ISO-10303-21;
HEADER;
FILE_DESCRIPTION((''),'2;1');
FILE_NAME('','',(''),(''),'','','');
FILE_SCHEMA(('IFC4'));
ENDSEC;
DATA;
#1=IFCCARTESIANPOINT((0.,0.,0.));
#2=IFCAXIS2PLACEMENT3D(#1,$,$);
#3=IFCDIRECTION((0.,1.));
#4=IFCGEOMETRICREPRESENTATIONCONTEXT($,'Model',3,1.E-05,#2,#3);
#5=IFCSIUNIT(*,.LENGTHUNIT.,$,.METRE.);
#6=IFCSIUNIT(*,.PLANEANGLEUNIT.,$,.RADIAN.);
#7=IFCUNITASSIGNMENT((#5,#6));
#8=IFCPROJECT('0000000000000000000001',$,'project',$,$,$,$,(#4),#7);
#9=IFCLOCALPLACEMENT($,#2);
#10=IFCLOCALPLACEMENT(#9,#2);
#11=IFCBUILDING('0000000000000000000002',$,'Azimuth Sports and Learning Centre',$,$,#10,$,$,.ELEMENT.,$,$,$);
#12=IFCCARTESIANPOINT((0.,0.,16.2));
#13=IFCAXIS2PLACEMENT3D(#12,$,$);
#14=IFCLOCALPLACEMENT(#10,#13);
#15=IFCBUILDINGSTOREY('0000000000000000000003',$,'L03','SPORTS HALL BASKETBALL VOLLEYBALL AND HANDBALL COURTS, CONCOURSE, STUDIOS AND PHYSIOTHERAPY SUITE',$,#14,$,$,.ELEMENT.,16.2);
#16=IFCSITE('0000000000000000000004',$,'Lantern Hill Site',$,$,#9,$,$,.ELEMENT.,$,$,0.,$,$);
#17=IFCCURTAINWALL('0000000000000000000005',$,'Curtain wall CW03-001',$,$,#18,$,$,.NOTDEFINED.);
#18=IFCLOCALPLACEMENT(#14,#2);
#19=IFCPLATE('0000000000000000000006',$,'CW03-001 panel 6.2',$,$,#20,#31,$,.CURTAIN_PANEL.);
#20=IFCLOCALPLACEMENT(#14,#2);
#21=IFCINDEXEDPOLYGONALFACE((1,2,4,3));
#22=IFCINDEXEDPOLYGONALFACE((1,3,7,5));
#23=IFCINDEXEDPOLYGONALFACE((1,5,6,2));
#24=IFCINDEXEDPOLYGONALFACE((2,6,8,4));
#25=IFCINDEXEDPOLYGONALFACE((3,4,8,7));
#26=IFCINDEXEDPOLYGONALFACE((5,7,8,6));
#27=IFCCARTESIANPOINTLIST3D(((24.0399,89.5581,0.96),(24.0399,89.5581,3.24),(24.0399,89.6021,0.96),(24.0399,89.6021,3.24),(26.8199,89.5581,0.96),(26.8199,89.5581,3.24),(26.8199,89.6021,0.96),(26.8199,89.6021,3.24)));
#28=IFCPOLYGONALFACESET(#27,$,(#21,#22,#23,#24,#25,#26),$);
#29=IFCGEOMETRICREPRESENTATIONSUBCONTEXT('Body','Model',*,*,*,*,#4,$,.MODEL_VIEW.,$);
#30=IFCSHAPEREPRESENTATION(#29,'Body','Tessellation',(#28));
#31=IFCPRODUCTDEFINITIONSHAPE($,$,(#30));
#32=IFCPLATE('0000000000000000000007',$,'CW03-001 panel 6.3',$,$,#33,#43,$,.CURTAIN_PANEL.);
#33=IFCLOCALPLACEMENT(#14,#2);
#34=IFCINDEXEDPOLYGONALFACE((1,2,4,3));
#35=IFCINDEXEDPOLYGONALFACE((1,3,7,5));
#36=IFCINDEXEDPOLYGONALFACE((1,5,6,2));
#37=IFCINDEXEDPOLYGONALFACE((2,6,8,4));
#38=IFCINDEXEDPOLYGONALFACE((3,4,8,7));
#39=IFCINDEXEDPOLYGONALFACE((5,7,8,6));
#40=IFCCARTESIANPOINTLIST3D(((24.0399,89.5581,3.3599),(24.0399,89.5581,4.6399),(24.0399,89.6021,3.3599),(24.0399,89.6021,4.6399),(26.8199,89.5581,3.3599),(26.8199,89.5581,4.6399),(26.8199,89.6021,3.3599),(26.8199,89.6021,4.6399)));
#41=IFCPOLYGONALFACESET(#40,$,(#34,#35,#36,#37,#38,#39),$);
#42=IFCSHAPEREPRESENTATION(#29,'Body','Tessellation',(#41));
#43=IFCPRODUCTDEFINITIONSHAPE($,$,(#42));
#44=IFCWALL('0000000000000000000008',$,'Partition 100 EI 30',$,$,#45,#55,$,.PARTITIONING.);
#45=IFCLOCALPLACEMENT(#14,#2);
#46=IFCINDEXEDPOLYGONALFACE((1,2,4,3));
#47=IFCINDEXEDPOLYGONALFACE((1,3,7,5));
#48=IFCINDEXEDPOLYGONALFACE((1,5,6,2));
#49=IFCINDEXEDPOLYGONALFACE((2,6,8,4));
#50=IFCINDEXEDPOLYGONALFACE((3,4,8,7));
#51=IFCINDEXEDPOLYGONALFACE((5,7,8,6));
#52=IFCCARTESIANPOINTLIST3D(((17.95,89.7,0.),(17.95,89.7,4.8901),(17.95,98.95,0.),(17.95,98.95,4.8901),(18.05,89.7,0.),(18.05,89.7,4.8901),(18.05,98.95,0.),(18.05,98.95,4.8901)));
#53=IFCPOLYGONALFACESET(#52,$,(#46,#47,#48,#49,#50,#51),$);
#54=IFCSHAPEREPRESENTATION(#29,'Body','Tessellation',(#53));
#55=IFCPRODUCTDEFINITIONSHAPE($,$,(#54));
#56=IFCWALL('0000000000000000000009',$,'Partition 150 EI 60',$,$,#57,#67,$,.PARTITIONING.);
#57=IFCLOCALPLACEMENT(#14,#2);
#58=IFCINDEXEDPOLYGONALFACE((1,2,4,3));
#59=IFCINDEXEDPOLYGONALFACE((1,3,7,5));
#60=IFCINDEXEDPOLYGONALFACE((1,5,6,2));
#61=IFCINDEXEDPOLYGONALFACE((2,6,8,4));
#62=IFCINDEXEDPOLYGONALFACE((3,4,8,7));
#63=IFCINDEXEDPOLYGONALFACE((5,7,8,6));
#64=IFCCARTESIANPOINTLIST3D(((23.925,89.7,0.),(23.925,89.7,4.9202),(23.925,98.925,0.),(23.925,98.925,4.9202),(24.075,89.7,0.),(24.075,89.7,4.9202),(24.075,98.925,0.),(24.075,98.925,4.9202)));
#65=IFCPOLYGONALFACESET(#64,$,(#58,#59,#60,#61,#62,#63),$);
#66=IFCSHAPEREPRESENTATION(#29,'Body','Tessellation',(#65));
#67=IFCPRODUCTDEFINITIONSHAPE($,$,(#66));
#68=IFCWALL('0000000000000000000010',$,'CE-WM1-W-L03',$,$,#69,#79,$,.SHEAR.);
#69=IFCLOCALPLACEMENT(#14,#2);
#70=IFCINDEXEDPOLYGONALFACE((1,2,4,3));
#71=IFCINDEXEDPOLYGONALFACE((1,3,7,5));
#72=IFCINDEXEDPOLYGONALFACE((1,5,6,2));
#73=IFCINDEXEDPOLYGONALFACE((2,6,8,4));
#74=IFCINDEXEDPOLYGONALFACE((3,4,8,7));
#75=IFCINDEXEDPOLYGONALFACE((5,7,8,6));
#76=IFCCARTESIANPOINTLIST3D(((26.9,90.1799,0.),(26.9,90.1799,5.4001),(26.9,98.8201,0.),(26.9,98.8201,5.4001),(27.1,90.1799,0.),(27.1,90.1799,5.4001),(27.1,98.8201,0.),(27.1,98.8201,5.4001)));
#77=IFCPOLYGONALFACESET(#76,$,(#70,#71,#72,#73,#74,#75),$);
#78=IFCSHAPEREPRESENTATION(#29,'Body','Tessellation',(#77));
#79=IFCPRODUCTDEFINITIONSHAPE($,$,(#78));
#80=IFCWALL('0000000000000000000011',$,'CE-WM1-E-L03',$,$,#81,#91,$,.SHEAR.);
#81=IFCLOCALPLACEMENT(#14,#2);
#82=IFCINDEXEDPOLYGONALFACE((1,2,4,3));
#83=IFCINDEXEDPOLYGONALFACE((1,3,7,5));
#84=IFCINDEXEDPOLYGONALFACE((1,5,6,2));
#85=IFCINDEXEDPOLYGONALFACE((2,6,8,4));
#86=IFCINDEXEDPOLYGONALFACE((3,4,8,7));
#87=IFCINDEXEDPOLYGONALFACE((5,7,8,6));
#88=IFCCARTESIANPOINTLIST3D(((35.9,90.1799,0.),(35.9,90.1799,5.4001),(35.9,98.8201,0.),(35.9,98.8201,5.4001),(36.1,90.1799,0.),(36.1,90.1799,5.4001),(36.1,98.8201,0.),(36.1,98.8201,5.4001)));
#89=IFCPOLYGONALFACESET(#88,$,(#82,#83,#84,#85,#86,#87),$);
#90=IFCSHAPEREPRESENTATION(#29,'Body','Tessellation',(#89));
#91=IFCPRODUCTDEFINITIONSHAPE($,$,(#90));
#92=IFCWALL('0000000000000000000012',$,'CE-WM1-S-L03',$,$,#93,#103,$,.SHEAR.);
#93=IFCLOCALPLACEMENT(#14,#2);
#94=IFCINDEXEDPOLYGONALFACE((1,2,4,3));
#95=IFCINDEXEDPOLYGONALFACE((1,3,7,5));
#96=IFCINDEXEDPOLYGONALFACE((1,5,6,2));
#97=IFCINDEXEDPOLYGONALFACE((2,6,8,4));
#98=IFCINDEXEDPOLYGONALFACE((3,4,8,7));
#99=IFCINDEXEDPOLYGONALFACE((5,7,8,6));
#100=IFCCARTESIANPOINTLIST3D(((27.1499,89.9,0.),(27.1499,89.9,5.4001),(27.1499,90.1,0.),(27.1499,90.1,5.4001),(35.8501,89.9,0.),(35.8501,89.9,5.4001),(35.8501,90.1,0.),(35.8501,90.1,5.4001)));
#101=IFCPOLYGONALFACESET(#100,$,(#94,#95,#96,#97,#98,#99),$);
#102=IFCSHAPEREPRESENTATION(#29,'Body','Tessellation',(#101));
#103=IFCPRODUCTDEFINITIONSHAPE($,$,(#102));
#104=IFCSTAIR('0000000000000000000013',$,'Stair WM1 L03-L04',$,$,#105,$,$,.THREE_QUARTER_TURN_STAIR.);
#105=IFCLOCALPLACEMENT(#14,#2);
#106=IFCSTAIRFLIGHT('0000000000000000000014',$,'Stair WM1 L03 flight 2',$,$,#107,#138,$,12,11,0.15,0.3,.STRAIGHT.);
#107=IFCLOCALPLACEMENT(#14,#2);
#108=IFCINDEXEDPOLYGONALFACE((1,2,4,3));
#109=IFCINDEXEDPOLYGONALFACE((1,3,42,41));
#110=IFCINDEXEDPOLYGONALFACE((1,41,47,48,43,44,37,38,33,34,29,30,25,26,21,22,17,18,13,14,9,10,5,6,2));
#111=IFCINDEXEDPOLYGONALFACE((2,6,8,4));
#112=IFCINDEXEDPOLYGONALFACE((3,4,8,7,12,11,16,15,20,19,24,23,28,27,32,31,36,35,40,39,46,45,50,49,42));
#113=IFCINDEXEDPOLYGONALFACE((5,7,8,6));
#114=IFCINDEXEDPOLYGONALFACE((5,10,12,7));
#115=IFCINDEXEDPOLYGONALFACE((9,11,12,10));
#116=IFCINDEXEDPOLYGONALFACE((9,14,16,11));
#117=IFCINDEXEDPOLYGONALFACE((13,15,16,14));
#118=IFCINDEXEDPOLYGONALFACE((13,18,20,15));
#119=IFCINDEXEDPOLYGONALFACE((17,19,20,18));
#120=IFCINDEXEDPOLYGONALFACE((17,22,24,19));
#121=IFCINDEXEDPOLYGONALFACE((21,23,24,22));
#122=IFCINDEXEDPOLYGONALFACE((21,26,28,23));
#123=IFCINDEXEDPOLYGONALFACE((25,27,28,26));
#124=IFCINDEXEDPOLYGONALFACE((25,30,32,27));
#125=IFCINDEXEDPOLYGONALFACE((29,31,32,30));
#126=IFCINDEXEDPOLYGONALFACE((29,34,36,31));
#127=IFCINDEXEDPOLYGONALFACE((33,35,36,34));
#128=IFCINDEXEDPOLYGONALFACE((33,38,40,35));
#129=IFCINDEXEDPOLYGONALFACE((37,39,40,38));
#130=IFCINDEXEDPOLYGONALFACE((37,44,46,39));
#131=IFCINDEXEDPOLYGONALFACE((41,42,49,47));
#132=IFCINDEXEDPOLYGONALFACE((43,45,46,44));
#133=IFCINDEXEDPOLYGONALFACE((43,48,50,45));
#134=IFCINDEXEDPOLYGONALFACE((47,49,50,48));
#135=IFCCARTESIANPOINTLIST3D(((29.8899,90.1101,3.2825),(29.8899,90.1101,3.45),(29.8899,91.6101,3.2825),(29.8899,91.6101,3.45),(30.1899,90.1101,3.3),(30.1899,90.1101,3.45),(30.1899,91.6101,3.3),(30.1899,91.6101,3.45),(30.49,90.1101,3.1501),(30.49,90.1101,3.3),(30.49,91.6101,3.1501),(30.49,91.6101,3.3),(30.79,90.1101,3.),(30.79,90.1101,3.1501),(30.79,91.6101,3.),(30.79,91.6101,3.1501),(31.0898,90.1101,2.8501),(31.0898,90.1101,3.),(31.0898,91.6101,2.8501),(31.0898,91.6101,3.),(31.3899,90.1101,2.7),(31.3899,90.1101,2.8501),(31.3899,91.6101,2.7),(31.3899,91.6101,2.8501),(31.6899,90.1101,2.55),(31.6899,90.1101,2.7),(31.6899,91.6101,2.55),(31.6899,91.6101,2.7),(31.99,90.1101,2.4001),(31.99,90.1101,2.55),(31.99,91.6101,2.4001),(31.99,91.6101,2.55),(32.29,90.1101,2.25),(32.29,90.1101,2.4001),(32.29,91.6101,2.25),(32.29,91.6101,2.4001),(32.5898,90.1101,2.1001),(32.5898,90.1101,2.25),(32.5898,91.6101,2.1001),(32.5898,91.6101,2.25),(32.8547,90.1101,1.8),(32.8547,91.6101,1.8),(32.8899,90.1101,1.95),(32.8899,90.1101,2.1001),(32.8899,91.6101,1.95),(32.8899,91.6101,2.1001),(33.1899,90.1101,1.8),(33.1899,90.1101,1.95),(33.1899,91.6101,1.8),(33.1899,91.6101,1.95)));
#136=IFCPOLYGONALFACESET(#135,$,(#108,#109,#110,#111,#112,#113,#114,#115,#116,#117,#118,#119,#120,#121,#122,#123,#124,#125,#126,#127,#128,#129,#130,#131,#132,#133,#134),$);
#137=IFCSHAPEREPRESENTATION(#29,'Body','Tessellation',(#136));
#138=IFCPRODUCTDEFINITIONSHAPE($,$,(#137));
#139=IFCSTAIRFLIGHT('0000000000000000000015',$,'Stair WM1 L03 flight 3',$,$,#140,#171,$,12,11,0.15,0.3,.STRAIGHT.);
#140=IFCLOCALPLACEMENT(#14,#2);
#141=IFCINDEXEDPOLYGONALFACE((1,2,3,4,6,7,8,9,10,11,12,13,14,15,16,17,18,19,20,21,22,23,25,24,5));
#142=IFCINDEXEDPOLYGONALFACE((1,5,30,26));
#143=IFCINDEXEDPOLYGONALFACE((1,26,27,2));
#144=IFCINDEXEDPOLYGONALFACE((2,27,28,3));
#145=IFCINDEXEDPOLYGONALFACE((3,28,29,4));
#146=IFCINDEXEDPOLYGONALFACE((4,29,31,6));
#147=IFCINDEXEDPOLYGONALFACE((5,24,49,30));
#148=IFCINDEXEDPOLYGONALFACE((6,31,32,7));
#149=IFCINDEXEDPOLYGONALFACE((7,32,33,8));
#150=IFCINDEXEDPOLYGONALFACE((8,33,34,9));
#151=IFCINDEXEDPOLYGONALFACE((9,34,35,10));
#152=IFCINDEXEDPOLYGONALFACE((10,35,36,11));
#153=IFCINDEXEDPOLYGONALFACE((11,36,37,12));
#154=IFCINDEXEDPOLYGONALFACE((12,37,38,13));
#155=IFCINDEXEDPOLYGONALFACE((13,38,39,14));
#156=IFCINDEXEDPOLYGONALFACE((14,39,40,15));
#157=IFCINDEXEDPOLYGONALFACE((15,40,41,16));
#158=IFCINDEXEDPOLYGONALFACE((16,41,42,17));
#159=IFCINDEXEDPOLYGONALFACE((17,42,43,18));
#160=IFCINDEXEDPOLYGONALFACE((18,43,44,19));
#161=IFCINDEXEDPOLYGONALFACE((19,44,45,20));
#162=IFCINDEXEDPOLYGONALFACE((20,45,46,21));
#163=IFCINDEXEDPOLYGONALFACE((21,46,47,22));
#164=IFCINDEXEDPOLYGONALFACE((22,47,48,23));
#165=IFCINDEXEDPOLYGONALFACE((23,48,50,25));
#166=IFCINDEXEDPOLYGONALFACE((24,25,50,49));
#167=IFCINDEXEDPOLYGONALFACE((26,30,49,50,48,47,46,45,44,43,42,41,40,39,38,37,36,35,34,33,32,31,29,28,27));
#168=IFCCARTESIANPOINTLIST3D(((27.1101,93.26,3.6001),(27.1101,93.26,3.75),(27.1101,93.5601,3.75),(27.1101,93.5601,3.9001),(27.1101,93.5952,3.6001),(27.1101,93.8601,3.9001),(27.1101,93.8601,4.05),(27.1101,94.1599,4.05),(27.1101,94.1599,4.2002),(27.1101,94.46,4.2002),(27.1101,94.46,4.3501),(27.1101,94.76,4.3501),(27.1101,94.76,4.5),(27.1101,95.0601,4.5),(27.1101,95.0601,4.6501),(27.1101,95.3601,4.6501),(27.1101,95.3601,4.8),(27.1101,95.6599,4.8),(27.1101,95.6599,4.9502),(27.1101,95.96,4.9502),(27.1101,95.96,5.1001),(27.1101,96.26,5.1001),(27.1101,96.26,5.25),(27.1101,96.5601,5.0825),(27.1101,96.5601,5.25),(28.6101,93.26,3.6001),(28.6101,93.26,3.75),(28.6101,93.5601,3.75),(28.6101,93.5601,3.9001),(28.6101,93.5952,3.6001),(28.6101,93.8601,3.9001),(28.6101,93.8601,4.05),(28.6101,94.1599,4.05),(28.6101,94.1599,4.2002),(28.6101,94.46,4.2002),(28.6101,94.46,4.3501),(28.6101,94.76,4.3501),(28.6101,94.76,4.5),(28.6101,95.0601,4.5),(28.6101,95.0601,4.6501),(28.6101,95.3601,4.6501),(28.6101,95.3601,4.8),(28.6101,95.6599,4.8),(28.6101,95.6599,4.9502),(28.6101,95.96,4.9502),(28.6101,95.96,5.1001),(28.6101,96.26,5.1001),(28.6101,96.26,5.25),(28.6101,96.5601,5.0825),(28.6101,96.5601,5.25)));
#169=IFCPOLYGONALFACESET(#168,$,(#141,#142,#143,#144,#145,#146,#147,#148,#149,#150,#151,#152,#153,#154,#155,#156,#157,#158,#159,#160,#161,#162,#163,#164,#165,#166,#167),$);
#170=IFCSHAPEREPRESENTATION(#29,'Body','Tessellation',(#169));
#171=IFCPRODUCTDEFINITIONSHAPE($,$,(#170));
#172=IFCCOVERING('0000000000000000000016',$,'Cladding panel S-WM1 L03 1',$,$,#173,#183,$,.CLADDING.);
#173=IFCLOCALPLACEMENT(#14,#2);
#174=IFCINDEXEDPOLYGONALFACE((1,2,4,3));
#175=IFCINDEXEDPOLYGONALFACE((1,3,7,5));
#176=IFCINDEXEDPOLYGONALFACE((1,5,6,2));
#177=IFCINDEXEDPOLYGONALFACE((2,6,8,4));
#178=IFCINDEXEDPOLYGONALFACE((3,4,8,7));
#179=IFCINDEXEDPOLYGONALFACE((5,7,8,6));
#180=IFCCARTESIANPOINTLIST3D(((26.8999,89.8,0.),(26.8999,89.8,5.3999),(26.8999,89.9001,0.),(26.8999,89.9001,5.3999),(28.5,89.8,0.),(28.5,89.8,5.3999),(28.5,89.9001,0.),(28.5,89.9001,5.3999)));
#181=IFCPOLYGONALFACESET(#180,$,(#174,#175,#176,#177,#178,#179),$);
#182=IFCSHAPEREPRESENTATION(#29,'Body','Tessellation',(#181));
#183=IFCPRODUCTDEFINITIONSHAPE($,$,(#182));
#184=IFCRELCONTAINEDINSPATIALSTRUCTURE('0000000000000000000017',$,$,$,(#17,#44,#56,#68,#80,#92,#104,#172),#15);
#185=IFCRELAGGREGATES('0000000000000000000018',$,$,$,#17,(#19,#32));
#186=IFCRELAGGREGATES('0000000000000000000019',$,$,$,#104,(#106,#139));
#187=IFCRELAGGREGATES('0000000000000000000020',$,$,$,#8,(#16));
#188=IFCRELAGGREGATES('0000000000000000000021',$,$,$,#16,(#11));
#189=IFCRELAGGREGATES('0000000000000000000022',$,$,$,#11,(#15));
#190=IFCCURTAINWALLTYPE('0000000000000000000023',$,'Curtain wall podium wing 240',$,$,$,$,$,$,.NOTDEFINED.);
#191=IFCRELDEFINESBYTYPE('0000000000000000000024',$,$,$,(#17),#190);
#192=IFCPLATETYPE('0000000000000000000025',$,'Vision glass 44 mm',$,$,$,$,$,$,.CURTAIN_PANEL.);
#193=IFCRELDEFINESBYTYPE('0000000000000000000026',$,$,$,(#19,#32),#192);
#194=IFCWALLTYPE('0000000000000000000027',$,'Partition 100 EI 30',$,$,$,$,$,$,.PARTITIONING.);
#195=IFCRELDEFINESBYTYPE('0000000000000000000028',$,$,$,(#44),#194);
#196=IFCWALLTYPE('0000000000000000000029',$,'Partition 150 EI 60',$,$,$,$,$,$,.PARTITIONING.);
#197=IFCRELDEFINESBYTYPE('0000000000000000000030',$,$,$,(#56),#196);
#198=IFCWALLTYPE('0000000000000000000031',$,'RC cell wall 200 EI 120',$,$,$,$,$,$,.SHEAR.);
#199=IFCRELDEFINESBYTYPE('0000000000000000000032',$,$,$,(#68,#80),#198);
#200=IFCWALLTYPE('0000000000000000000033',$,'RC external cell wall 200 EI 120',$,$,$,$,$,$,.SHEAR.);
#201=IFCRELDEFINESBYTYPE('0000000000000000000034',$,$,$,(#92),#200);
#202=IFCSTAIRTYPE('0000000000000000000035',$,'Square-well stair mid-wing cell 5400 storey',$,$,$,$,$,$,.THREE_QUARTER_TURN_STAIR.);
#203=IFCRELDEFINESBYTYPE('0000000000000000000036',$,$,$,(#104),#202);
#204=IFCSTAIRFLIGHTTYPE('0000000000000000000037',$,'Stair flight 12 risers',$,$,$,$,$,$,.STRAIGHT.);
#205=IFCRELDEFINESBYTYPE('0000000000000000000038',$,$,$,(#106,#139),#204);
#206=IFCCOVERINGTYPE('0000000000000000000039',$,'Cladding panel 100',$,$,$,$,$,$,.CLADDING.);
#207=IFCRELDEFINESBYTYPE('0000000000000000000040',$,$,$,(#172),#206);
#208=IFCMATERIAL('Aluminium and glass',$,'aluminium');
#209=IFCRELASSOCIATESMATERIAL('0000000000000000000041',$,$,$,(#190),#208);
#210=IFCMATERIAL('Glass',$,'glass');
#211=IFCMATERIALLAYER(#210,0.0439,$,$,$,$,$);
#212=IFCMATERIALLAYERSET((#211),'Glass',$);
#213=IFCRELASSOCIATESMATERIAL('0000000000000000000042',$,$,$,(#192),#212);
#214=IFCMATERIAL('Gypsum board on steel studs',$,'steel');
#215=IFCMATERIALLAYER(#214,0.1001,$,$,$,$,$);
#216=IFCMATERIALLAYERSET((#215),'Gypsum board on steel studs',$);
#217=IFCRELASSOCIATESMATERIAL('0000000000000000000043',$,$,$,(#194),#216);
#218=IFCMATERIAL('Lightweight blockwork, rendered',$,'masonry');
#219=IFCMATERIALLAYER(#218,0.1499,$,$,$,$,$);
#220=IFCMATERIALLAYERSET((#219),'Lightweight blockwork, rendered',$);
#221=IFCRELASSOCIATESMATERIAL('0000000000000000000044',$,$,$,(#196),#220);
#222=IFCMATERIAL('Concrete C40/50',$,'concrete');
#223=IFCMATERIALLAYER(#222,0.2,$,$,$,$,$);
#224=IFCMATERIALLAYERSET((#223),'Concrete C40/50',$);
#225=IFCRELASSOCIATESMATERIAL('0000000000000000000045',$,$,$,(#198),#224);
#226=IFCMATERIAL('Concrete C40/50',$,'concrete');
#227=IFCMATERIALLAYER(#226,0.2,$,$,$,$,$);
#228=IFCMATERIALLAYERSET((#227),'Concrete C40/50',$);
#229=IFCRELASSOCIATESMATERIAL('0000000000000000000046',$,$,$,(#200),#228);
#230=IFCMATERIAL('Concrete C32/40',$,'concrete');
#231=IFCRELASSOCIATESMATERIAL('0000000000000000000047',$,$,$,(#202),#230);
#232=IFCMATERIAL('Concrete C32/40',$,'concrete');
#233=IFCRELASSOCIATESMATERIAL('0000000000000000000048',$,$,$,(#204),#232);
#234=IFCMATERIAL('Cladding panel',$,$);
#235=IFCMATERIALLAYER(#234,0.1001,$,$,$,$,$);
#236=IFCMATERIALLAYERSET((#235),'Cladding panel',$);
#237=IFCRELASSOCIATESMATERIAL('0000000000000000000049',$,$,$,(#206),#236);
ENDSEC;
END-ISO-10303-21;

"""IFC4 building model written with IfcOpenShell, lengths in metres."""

from ifc_helpers import new_model, si_unit, direction, frame, frame_2d, origin, origin_2d, place, context, subcontext, project, spatial, polyline, rectangle, outline, extrude, material, layer, layer_set, type_object, element, aggregate, save


model = new_model("IFC4")

# Units and contexts
model_context = context("Model", 3, precision=1e-05, world=origin(), true_north=direction((0.0, 1.0)))
body_context = subcontext(model_context, "Body", "Model", "MODEL_VIEW")
ifc_project = project(units=[si_unit("LENGTHUNIT", "METRE"), si_unit("PLANEANGLEUNIT", "RADIAN")], contexts=[model_context])

# Site, building, storey
site_placement = place(None, origin())
site = spatial("IfcSite", under=ifc_project, at=site_placement, Name="Lantern Hill Site", CompositionType="ELEMENT", RefElevation=0.0)
building_placement = place(site_placement, origin())
building = spatial("IfcBuilding", under=site, at=building_placement, Name="Azimuth Sports and Learning Centre", CompositionType="ELEMENT")
storey_placement = place(building_placement, frame((0.0, 0.0, 16.2)))
storey = spatial("IfcBuildingStorey", under=building, at=storey_placement, Name="L03", Description="SPORTS HALL BASKETBALL VOLLEYBALL AND HANDBALL COURTS, CONCOURSE, STUDIOS AND PHYSIOTHERAPY SUITE", CompositionType="ELEMENT", Elevation=16.2)

# Curtain wall, plates
ifc_material_1 = material(Name="Aluminium and glass", Category="aluminium")
curtain_wall_type = type_object("IfcCurtainWallType", Name="Curtain wall podium wing 240", PredefinedType="NOTDEFINED", material=ifc_material_1)
curtain_wall_placement = place(storey_placement, origin())
curtain_wall = element("IfcCurtainWall", 1, at=curtain_wall_placement, inside=storey, type_object=curtain_wall_type, Name="Curtain wall CW03-001", PredefinedType="NOTDEFINED")
ifc_material_2 = material(Name="Glass", Category="glass")
ifc_layer_1 = layer(ifc_material_2, 0.0439)
ifc_layer_set_1 = layer_set([ifc_layer_1], Name="Glass")
plate_type_1 = type_object("IfcPlateType", Name="Vision glass 44 mm", PredefinedType="CURTAIN_PANEL", material=ifc_layer_set_1)
plate_1_placement = place(storey_placement, frame((25.4299, 89.5801, 0.96), z_axis=(0.0, 0.0, 1.0), x_axis=(1.0, 0.0, 0.0)))
plate_1 = element("IfcPlate", 2, at=plate_1_placement, type_object=plate_type_1, Name="CW03-001 panel 6.2", PredefinedType="CURTAIN_PANEL", context=body_context, shape_type="SweptSolid", body=[
    extrude(rectangle(XDim=2.78, YDim=0.0439, at=origin_2d()), origin(), (0.0, 0.0, 1.0), 2.28),
])
plate_2_placement = place(storey_placement, frame((25.4299, 89.5801, 3.3599), z_axis=(0.0, 0.0, 1.0), x_axis=(1.0, 0.0, 0.0)))
plate_2 = element("IfcPlate", 3, at=plate_2_placement, type_object=plate_type_1, Name="CW03-001 panel 6.3", PredefinedType="CURTAIN_PANEL", context=body_context, shape_type="SweptSolid", body=[
    extrude(rectangle(XDim=2.78, YDim=0.0439, at=origin_2d()), origin(), (0.0, 0.0, 1.0), 1.28),
])
aggregate(curtain_wall, [plate_1, plate_2])

# Walls
ifc_material_3 = material(Name="Gypsum board on steel studs", Category="steel")
ifc_layer_2 = layer(ifc_material_3, 0.1001)
ifc_layer_set_2 = layer_set([ifc_layer_2], Name="Gypsum board on steel studs")
wall_type_1 = type_object("IfcWallType", Name="Partition 100 EI 30", PredefinedType="PARTITIONING", material=ifc_layer_set_2)
wall_1_placement = place(storey_placement, frame((18.0, 89.7, 0.0), z_axis=(0.0, 0.0, 1.0), x_axis=(0.0, 1.0, 0.0)))
element("IfcWall", 4, at=wall_1_placement, inside=storey, type_object=wall_type_1, Name="Partition 100 EI 30", PredefinedType="PARTITIONING", context=body_context, shape_type="SweptSolid", body=[
    extrude(rectangle(XDim=9.25, YDim=0.1001, at=frame_2d((4.625, 0.0))), origin(), (0.0, 0.0, 1.0), 4.8901),
])
ifc_material_4 = material(Name="Lightweight blockwork, rendered", Category="masonry")
ifc_layer_3 = layer(ifc_material_4, 0.1499)
ifc_layer_set_3 = layer_set([ifc_layer_3], Name="Lightweight blockwork, rendered")
wall_type_2 = type_object("IfcWallType", Name="Partition 150 EI 60", PredefinedType="PARTITIONING", material=ifc_layer_set_3)
wall_2_placement = place(storey_placement, frame((24.0, 89.7, 0.0), z_axis=(0.0, 0.0, 1.0), x_axis=(0.0, 1.0, 0.0)))
element("IfcWall", 5, at=wall_2_placement, inside=storey, type_object=wall_type_2, Name="Partition 150 EI 60", PredefinedType="PARTITIONING", context=body_context, shape_type="SweptSolid", body=[
    extrude(rectangle(XDim=9.2251, YDim=0.1499, at=frame_2d((4.6125, 0.0))), origin(), (0.0, 0.0, 1.0), 4.9202),
])
ifc_material_5 = material(Name="Concrete C40/50", Category="concrete")
ifc_layer_4 = layer(ifc_material_5, 0.2)
ifc_layer_set_4 = layer_set([ifc_layer_4], Name="Concrete C40/50")
wall_type_3 = type_object("IfcWallType", Name="RC cell wall 200 EI 120", PredefinedType="SHEAR", material=ifc_layer_set_4)
for number, where, z_axis, x_axis, name in (
    (6, (27.0, 90.1799, 0.0), (0.0, 0.0, 1.0), (0.0, 1.0, 0.0), "CE-WM1-W-L03"),
    (7, (36.0, 90.1799, 0.0), (0.0, 0.0, 1.0), (0.0, 1.0, 0.0), "CE-WM1-E-L03"),
):
    element("IfcWall", number, at=place(storey_placement, frame(where, z_axis=z_axis, x_axis=x_axis)), inside=storey, type_object=wall_type_3, Name=name, PredefinedType="SHEAR", context=body_context, shape_type="SweptSolid", body=[
        extrude(rectangle(XDim=8.6401, YDim=0.2, at=frame_2d((4.3201, 0.0))), origin(), (0.0, 0.0, 1.0), 5.4001),
    ])
ifc_material_6 = material(Name="Concrete C40/50", Category="concrete")
ifc_layer_5 = layer(ifc_material_6, 0.2)
ifc_layer_set_5 = layer_set([ifc_layer_5], Name="Concrete C40/50")
wall_type_4 = type_object("IfcWallType", Name="RC external cell wall 200 EI 120", PredefinedType="SHEAR", material=ifc_layer_set_5)
wall_3_placement = place(storey_placement, frame((27.1499, 90.0, 0.0), z_axis=(0.0, 0.0, 1.0), x_axis=(1.0, 0.0, 0.0)))
element("IfcWall", 8, at=wall_3_placement, inside=storey, type_object=wall_type_4, Name="CE-WM1-S-L03", PredefinedType="SHEAR", context=body_context, shape_type="SweptSolid", body=[
    extrude(rectangle(XDim=8.7002, YDim=0.2, at=frame_2d((4.3501, 0.0))), origin(), (0.0, 0.0, 1.0), 5.4001),
])

# Stair, stair flights
ifc_material_7 = material(Name="Concrete C32/40", Category="concrete")
stair_type = type_object("IfcStairType", Name="Square-well stair mid-wing cell 5400 storey", PredefinedType="THREE_QUARTER_TURN_STAIR", material=ifc_material_7)
stair_placement = place(storey_placement, origin())
stair = element("IfcStair", 9, at=stair_placement, inside=storey, type_object=stair_type, Name="Stair WM1 L03-L04", PredefinedType="THREE_QUARTER_TURN_STAIR")
ifc_material_8 = material(Name="Concrete C32/40", Category="concrete")
stair_flight_type = type_object("IfcStairFlightType", Name="Stair flight 12 risers", PredefinedType="STRAIGHT", material=ifc_material_8)
stair_flight_1_placement = place(storey_placement, frame((33.1899, 90.8601, 1.8), z_axis=(0.0, 0.0, 1.0), x_axis=(-1.0, 0.0, 0.0)))
stair_flight_1 = element("IfcStairFlight", 10, at=stair_flight_1_placement, type_object=stair_flight_type, Name="Stair WM1 L03 flight 2", NumberOfRisers=12, NumberOfTreads=11, PredefinedType="STRAIGHT", RiserHeight=0.15, TreadLength=0.3, context=body_context, shape_type="SweptSolid", body=[
    extrude(outline(polyline([(0.0, 0.0), (0.0, 0.1499), (0.3, 0.1499), (0.3, 0.3), (0.6001, 0.3), (0.6001, 0.45), (0.8999, 0.45), (0.8999, 0.6001), (1.2, 0.6001), (1.2, 0.75), (1.5, 0.75), (1.5, 0.8999), (1.8, 0.8999), (1.8, 1.05), (2.1001, 1.05), (2.1001, 1.2), (2.3999, 1.2), (2.3999, 1.3501), (2.7, 1.3501), (2.7, 1.5), (3.0, 1.5), (3.0, 1.6499), (3.3, 1.6499), (3.3, 1.8), (3.3, 1.4824), (0.3352, 0.0), (0.0, 0.0)])), frame((0.0, 0.75, 0.0), z_axis=(0.0, -1.0, 0.0), x_axis=(1.0, 0.0, 0.0)), (0.0, 0.0, 1.0), 1.5),
])
stair_flight_2_placement = place(storey_placement, frame((27.8601, 93.26, 3.6001), z_axis=(0.0, 0.0, 1.0), x_axis=(0.0, 1.0, 0.0)))
stair_flight_2 = element("IfcStairFlight", 11, at=stair_flight_2_placement, type_object=stair_flight_type, Name="Stair WM1 L03 flight 3", NumberOfRisers=12, NumberOfTreads=11, PredefinedType="STRAIGHT", RiserHeight=0.15, TreadLength=0.3, context=body_context, shape_type="SweptSolid", body=[
    extrude(outline(polyline([(0.0, 0.0), (0.0, 0.1499), (0.3, 0.1499), (0.3, 0.3), (0.6001, 0.3), (0.6001, 0.45), (0.8999, 0.45), (0.8999, 0.6001), (1.2, 0.6001), (1.2, 0.75), (1.5, 0.75), (1.5, 0.8999), (1.8, 0.8999), (1.8, 1.05), (2.1001, 1.05), (2.1001, 1.2), (2.3999, 1.2), (2.3999, 1.3501), (2.7, 1.3501), (2.7, 1.5), (3.0, 1.5), (3.0, 1.6499), (3.3, 1.6499), (3.3, 1.8), (3.3, 1.4824), (0.3352, 0.0), (0.0, 0.0)])), frame((0.0, 0.75, 0.0), z_axis=(0.0, -1.0, 0.0), x_axis=(1.0, 0.0, 0.0)), (0.0, 0.0, 1.0), 1.5),
])
aggregate(stair, [stair_flight_1, stair_flight_2])

# Covering
ifc_material_9 = material(Name="Cladding panel")
ifc_layer_6 = layer(ifc_material_9, 0.1001)
ifc_layer_set_6 = layer_set([ifc_layer_6], Name="Cladding panel")
covering_type = type_object("IfcCoveringType", Name="Cladding panel 100", PredefinedType="CLADDING", material=ifc_layer_set_6)
covering_1_placement = place(storey_placement, frame((27.7, 89.8501, 0.0), z_axis=(0.0, 0.0, 1.0), x_axis=(1.0, 0.0, 0.0)))
element("IfcCovering", 12, at=covering_1_placement, inside=storey, type_object=covering_type, Name="Cladding panel S-WM1 L03 1", PredefinedType="CLADDING", context=body_context, shape_type="SweptSolid", body=[
    extrude(rectangle(XDim=1.6001, YDim=0.1001, at=origin_2d()), origin(), (0.0, 0.0, 1.0), 5.3999),
])

save(model, "model.ifc")
